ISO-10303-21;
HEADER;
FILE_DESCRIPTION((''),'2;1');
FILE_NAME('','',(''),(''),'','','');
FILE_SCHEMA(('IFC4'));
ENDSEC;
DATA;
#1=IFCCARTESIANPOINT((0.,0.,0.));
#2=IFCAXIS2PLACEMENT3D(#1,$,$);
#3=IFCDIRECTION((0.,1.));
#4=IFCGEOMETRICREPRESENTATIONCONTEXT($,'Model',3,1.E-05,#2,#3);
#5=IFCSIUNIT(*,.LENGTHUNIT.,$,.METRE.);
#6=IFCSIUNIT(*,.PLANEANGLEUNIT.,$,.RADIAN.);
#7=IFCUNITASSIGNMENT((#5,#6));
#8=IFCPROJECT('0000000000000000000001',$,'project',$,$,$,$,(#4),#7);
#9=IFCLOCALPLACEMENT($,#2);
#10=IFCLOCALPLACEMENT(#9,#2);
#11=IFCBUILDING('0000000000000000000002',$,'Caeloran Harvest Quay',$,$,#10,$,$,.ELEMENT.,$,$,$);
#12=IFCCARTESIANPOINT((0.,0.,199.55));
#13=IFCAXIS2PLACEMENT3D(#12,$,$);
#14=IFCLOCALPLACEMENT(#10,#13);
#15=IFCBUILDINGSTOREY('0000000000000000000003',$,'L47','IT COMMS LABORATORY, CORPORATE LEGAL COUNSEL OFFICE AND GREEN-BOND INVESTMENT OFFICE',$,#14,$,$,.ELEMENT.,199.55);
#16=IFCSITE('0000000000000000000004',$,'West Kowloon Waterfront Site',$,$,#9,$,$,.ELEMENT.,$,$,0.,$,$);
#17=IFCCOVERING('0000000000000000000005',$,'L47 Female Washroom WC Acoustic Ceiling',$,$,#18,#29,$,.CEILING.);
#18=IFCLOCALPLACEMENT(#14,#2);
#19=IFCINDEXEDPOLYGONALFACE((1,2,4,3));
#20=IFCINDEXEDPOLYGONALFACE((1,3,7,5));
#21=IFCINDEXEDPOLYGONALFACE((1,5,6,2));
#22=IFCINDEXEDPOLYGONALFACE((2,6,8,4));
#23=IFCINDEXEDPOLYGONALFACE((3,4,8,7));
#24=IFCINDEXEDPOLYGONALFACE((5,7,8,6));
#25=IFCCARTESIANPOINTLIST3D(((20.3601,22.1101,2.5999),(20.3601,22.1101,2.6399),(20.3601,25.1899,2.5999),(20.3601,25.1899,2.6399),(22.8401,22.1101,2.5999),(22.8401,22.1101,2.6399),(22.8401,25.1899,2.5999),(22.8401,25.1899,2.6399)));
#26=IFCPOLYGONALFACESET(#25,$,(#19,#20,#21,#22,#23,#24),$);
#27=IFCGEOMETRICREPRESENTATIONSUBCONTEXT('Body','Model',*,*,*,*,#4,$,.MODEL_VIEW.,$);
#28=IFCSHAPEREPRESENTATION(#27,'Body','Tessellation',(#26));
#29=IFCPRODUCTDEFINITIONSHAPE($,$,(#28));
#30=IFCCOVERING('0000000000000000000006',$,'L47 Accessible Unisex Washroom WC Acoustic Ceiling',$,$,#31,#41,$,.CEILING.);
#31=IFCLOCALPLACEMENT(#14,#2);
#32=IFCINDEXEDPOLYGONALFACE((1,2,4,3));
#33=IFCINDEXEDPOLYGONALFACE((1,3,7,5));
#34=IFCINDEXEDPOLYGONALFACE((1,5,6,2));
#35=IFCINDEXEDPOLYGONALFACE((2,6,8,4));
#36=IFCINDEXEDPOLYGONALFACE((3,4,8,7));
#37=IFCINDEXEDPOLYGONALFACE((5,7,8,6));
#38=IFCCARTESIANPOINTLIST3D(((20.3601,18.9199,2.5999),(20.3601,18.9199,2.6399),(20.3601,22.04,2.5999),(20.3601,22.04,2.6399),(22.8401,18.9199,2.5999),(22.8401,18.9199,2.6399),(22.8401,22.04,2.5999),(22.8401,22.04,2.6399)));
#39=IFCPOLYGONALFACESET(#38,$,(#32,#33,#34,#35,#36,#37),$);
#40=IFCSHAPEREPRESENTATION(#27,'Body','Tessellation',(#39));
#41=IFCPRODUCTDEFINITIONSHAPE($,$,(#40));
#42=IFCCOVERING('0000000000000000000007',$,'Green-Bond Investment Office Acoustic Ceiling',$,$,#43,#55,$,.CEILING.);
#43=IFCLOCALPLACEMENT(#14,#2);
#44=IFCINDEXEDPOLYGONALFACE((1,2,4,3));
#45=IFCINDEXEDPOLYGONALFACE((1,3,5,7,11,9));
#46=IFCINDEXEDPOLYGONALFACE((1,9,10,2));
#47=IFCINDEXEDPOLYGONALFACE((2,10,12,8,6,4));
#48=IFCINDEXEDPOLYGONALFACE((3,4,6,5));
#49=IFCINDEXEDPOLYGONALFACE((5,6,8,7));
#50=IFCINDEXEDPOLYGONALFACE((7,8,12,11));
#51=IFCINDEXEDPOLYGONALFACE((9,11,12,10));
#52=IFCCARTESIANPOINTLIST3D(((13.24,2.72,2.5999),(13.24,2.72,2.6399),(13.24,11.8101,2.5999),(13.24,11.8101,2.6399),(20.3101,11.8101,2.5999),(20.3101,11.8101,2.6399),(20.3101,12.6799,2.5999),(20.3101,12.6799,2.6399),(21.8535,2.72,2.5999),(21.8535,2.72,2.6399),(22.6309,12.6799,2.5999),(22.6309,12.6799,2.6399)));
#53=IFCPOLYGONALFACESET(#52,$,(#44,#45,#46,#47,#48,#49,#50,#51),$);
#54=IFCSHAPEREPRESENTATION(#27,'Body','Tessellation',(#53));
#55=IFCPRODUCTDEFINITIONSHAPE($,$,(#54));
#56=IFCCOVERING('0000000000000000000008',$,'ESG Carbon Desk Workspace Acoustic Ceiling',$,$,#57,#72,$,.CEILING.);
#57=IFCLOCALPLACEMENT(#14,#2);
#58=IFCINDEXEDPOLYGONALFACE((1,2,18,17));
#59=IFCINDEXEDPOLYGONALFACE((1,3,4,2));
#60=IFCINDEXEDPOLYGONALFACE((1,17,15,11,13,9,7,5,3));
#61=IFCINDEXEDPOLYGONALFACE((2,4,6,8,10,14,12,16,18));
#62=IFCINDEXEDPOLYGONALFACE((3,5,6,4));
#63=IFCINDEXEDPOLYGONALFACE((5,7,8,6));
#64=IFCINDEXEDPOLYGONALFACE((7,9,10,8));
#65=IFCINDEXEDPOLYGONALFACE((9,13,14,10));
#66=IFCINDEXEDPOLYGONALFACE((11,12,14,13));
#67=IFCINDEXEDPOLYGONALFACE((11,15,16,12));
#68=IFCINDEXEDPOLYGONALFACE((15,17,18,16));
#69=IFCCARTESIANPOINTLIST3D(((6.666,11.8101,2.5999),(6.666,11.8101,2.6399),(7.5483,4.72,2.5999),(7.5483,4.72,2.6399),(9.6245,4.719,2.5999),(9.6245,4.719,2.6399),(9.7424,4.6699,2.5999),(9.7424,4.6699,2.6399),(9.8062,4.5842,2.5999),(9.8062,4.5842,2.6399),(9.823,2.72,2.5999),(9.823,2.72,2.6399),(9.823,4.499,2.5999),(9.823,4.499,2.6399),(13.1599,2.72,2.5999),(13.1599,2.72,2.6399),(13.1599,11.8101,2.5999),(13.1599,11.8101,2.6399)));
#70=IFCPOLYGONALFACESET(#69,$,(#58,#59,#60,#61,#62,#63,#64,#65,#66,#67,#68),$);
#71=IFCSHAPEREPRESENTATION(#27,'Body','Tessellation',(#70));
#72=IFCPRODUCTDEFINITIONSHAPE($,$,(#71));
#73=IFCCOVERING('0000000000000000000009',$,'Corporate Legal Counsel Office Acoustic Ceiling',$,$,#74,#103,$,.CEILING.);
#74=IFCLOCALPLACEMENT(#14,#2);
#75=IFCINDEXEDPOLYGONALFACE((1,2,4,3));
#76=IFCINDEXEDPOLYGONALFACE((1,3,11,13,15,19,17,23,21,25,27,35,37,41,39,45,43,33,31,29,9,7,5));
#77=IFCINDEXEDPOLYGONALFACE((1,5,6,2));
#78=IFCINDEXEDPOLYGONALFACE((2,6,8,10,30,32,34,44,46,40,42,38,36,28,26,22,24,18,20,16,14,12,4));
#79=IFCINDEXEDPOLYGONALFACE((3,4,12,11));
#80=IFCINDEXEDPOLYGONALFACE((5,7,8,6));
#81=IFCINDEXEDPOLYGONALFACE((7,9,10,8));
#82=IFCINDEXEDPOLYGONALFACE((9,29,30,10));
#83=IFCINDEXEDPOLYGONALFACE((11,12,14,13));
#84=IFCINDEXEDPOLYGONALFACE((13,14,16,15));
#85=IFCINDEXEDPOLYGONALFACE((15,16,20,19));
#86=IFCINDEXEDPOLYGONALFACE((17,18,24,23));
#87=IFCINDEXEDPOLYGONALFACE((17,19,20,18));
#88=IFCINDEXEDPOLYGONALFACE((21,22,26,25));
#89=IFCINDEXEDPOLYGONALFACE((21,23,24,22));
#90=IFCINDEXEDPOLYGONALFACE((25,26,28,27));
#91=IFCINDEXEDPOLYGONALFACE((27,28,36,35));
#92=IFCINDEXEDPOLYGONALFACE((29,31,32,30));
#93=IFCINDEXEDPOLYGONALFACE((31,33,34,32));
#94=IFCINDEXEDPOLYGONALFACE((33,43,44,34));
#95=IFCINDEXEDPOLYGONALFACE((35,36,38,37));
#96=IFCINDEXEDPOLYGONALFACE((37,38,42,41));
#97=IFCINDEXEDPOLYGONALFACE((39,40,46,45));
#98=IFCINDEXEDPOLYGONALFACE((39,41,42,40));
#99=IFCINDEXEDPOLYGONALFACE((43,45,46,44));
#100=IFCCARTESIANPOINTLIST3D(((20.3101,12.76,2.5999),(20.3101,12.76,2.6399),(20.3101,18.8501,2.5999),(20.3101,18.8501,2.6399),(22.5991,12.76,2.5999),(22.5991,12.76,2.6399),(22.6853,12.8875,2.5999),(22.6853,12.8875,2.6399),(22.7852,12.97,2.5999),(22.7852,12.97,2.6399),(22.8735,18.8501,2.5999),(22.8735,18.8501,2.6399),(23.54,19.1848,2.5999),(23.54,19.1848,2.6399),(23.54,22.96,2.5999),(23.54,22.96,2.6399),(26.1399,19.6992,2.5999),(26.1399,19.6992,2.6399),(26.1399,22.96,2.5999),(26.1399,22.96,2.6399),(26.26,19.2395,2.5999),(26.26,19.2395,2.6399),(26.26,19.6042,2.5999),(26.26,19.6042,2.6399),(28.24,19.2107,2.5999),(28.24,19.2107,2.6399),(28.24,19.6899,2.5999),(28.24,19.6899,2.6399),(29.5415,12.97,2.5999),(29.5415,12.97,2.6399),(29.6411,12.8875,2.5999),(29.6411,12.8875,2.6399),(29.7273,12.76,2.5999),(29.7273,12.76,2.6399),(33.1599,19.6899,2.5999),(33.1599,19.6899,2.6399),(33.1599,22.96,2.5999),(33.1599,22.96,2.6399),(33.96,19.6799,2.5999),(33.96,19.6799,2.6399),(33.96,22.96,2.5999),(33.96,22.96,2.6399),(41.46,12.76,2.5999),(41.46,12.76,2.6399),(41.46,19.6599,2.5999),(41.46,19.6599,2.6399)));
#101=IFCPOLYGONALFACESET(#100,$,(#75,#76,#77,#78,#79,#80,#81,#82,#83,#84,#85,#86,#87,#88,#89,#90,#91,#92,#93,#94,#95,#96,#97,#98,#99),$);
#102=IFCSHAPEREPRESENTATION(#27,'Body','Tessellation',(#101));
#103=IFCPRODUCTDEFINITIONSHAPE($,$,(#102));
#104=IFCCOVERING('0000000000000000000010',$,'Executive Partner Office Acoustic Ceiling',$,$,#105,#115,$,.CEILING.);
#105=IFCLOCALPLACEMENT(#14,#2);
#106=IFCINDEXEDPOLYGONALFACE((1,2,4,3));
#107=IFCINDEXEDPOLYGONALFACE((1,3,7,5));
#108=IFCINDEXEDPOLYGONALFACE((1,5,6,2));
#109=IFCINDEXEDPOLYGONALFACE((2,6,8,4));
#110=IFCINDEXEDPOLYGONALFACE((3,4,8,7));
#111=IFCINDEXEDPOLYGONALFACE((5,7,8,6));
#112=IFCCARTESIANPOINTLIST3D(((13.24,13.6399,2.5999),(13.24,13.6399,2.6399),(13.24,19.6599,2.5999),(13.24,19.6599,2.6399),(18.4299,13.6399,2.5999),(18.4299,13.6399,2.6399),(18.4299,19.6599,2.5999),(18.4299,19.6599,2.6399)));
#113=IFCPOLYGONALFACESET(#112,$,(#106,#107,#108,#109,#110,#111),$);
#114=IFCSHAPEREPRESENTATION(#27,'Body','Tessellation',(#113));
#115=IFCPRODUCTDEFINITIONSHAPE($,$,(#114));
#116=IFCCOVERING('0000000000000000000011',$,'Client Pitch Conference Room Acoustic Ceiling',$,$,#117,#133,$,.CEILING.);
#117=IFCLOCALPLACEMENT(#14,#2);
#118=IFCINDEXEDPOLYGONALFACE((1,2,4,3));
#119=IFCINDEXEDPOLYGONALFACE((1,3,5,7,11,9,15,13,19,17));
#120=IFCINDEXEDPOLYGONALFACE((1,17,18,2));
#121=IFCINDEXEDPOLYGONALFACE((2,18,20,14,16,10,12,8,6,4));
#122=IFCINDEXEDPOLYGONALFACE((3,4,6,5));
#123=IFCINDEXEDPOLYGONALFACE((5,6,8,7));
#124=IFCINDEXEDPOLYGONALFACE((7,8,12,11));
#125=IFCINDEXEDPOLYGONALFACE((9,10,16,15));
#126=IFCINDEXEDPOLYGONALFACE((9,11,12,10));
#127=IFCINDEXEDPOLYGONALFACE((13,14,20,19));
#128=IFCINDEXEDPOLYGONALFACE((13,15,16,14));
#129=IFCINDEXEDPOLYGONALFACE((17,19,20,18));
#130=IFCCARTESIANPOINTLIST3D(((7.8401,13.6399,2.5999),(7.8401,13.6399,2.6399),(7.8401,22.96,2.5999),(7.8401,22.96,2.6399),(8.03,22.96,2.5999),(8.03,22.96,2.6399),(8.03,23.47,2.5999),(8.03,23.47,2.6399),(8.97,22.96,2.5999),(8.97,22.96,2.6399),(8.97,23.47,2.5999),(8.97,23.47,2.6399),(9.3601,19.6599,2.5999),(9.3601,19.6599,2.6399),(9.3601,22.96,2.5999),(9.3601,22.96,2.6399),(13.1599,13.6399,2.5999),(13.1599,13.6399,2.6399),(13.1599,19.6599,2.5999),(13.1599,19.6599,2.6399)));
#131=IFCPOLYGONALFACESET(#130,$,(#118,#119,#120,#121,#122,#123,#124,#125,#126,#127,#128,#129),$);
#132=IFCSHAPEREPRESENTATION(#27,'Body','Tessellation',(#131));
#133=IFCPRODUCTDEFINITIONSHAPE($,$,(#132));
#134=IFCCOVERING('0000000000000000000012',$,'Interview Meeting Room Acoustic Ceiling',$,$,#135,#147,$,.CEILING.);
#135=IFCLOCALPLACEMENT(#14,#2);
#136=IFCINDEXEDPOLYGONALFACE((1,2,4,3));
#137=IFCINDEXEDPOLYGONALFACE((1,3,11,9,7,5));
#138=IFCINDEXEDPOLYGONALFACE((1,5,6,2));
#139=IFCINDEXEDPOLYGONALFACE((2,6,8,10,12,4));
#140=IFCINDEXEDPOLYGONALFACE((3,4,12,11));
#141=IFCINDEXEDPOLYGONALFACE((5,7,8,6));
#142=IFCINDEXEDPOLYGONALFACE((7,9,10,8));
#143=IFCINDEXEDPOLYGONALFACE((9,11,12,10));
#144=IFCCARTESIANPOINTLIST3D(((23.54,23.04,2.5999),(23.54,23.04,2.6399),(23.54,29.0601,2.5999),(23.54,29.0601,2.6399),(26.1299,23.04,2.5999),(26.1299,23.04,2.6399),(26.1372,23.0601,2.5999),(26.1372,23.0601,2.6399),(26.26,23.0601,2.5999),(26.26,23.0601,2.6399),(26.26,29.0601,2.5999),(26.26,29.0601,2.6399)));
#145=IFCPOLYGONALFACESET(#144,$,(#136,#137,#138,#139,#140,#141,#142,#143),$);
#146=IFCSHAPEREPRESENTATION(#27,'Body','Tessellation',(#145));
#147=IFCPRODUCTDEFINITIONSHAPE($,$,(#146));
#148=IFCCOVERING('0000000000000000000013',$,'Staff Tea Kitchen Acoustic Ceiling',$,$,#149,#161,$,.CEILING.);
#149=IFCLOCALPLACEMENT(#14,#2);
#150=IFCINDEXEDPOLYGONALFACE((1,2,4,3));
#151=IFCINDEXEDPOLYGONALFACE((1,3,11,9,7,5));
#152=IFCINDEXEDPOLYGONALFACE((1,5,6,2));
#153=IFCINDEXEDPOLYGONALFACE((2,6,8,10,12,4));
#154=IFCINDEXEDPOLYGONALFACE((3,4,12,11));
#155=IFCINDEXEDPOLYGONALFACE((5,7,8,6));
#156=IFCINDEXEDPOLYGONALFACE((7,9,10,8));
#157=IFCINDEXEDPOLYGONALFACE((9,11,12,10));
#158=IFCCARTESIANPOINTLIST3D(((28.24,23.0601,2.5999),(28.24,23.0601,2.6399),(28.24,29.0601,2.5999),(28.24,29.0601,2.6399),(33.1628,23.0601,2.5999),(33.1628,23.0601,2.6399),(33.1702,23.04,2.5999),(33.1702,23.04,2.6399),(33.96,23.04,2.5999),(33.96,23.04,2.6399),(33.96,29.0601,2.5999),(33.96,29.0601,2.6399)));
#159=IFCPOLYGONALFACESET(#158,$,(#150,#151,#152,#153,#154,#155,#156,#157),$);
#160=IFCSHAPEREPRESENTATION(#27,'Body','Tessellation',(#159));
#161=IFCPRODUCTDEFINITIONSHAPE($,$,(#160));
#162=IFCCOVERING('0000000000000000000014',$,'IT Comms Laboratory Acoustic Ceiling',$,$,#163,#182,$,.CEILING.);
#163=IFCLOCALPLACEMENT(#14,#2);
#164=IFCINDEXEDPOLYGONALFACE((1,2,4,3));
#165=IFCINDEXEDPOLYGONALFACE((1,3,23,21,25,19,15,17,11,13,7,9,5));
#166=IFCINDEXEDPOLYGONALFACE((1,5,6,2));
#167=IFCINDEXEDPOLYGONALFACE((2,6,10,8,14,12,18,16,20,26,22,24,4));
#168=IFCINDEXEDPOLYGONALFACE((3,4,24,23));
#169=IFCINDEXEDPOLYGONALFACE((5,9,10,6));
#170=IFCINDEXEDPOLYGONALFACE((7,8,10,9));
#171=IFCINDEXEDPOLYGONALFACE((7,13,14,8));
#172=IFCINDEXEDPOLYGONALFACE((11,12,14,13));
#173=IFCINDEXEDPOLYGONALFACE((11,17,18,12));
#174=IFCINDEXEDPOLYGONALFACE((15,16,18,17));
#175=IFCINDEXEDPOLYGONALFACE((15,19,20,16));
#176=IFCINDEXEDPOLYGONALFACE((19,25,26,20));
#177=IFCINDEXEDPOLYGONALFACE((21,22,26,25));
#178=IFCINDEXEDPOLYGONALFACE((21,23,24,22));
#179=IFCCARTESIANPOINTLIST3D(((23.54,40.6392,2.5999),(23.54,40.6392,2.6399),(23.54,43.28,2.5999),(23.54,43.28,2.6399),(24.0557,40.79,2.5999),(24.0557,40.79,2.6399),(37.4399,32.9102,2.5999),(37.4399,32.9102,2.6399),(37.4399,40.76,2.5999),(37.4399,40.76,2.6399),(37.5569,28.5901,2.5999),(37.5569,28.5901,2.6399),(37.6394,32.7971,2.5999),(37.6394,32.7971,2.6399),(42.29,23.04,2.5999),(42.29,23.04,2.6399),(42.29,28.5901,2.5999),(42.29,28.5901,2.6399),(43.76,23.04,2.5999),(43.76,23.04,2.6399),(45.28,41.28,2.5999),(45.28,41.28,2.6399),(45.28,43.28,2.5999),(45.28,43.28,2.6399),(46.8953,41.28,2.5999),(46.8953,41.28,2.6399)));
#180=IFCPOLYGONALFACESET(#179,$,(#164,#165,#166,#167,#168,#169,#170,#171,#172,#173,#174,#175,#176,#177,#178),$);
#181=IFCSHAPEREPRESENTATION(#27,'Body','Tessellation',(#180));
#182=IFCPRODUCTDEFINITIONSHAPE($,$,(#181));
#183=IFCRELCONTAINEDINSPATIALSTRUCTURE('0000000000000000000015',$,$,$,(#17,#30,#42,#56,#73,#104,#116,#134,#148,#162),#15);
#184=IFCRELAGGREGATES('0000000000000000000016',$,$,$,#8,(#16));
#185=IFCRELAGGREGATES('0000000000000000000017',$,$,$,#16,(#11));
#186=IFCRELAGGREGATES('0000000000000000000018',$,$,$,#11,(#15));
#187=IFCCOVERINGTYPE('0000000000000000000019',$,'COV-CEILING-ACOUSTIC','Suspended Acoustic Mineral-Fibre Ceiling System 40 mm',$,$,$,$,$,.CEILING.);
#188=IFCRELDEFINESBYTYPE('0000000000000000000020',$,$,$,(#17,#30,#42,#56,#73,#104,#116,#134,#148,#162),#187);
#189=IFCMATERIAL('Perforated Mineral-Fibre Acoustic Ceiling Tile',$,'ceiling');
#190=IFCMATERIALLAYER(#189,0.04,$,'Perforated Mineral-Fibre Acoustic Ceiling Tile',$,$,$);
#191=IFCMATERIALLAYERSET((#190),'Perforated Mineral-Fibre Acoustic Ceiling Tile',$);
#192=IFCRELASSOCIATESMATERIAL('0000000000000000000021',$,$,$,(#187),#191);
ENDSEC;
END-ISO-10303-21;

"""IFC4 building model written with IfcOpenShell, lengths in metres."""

from ifc_helpers import new_model, si_unit, direction, frame, origin, place, context, subcontext, project, spatial, polyline, outline, extrude, material, layer, layer_set, type_object, element, save


model = new_model("IFC4")

# Units and contexts
model_context = context("Model", 3, precision=1e-05, world=origin(), true_north=direction((0.0, 1.0)))
body_context = subcontext(model_context, "Body", "Model", "MODEL_VIEW")
ifc_project = project(units=[si_unit("LENGTHUNIT", "METRE"), si_unit("PLANEANGLEUNIT", "RADIAN")], contexts=[model_context])

# Site, building, storey
site_placement = place(None, origin())
site = spatial("IfcSite", under=ifc_project, at=site_placement, Name="West Kowloon Waterfront Site", CompositionType="ELEMENT", RefElevation=0.0)
building_placement = place(site_placement, origin())
building = spatial("IfcBuilding", under=site, at=building_placement, Name="Caeloran Harvest Quay", CompositionType="ELEMENT")
storey_placement = place(building_placement, frame((0.0, 0.0, 199.55)))
storey = spatial("IfcBuildingStorey", under=building, at=storey_placement, Name="L47", Description="IT COMMS LABORATORY, CORPORATE LEGAL COUNSEL OFFICE AND GREEN-BOND INVESTMENT OFFICE", CompositionType="ELEMENT", Elevation=199.55)

# Coverings
ifc_material_1 = material(Name="Perforated Mineral-Fibre Acoustic Ceiling Tile", Category="ceiling")
ifc_layer_1 = layer(ifc_material_1, 0.04, Name="Perforated Mineral-Fibre Acoustic Ceiling Tile")
ifc_layer_set_1 = layer_set([ifc_layer_1], Name="Perforated Mineral-Fibre Acoustic Ceiling Tile")
covering_type_1 = type_object("IfcCoveringType", Name="COV-CEILING-ACOUSTIC", Description="Suspended Acoustic Mineral-Fibre Ceiling System 40 mm", PredefinedType="CEILING", material=ifc_layer_set_1)
covering_1_placement = place(storey_placement, frame((0.0, 0.0, 2.5999)))
element("IfcCovering", 1, at=covering_1_placement, inside=storey, type_object=covering_type_1, Name="L47 Female Washroom WC Acoustic Ceiling", PredefinedType="CEILING", context=body_context, shape_type="SweptSolid", body=[
    extrude(outline(polyline([(22.8401, 25.1899), (22.8401, 22.1101), (20.3601, 22.1101), (20.3601, 25.1899), (22.8401, 25.1899)])), origin(), (0.0, 0.0, 1.0), 0.04),
])
covering_2_placement = place(storey_placement, frame((0.0, 0.0, 2.5999)))
element("IfcCovering", 2, at=covering_2_placement, inside=storey, type_object=covering_type_1, Name="L47 Accessible Unisex Washroom WC Acoustic Ceiling", PredefinedType="CEILING", context=body_context, shape_type="SweptSolid", body=[
    extrude(outline(polyline([(22.8401, 22.04), (22.8401, 18.9199), (20.3601, 18.9199), (20.3601, 22.04), (22.8401, 22.04)])), origin(), (0.0, 0.0, 1.0), 0.04),
])
covering_3_placement = place(storey_placement, frame((0.0, 0.0, 2.5999)))
element("IfcCovering", 3, at=covering_3_placement, inside=storey, type_object=covering_type_1, Name="Green-Bond Investment Office Acoustic Ceiling", PredefinedType="CEILING", context=body_context, shape_type="SweptSolid", body=[
    extrude(outline(polyline([(20.3101, 12.6799), (22.6309, 12.6799), (21.8535, 2.72), (13.24, 2.72), (13.24, 11.8101), (20.3101, 11.8101), (20.3101, 12.6799)])), origin(), (0.0, 0.0, 1.0), 0.04),
])
covering_4_placement = place(storey_placement, frame((0.0, 0.0, 2.5999)))
element("IfcCovering", 4, at=covering_4_placement, inside=storey, type_object=covering_type_1, Name="ESG Carbon Desk Workspace Acoustic Ceiling", PredefinedType="CEILING", context=body_context, shape_type="SweptSolid", body=[
    extrude(outline(polyline([(9.8062, 4.5842), (9.7424, 4.6699), (9.6245, 4.719), (7.5483, 4.72), (6.666, 11.8101), (13.1599, 11.8101), (13.1599, 2.72), (9.823, 2.72), (9.823, 4.499), (9.8062, 4.5842)])), origin(), (0.0, 0.0, 1.0), 0.04),
])
covering_5_placement = place(storey_placement, frame((0.0, 0.0, 2.5999)))
element("IfcCovering", 5, at=covering_5_placement, inside=storey, type_object=covering_type_1, Name="Corporate Legal Counsel Office Acoustic Ceiling", PredefinedType="CEILING", context=body_context, shape_type="SweptSolid", body=[
    extrude(outline(polyline([(33.1599, 22.96), (33.96, 22.96), (33.96, 19.6799), (41.46, 19.6599), (41.46, 12.76), (29.7273, 12.76), (29.6411, 12.8875), (29.5415, 12.97), (22.7852, 12.97), (22.6853, 12.8875), (22.5991, 12.76), (20.3101, 12.76), (20.3101, 18.8501), (22.8735, 18.8501), (23.54, 19.1848), (23.54, 22.96), (26.1399, 22.96), (26.1399, 19.6992), (26.26, 19.6042), (26.26, 19.2395), (28.24, 19.2107), (28.24, 19.6899), (33.1599, 19.6899), (33.1599, 22.96)])), origin(), (0.0, 0.0, 1.0), 0.04),
])
covering_6_placement = place(storey_placement, frame((0.0, 0.0, 2.5999)))
element("IfcCovering", 6, at=covering_6_placement, inside=storey, type_object=covering_type_1, Name="Executive Partner Office Acoustic Ceiling", PredefinedType="CEILING", context=body_context, shape_type="SweptSolid", body=[
    extrude(outline(polyline([(18.4299, 13.6399), (13.24, 13.6399), (13.24, 19.6599), (18.4299, 19.6599), (18.4299, 13.6399)])), origin(), (0.0, 0.0, 1.0), 0.04),
])
covering_7_placement = place(storey_placement, frame((0.0, 0.0, 2.5999)))
element("IfcCovering", 7, at=covering_7_placement, inside=storey, type_object=covering_type_1, Name="Client Pitch Conference Room Acoustic Ceiling", PredefinedType="CEILING", context=body_context, shape_type="SweptSolid", body=[
    extrude(outline(polyline([(13.1599, 13.6399), (7.8401, 13.6399), (7.8401, 22.96), (8.03, 22.96), (8.03, 23.47), (8.97, 23.47), (8.97, 22.96), (9.3601, 22.96), (9.3601, 19.6599), (13.1599, 19.6599), (13.1599, 13.6399)])), origin(), (0.0, 0.0, 1.0), 0.04),
])
covering_8_placement = place(storey_placement, frame((0.0, 0.0, 2.5999)))
element("IfcCovering", 8, at=covering_8_placement, inside=storey, type_object=covering_type_1, Name="Interview Meeting Room Acoustic Ceiling", PredefinedType="CEILING", context=body_context, shape_type="SweptSolid", body=[
    extrude(outline(polyline([(26.1372, 23.0601), (26.1299, 23.04), (23.54, 23.04), (23.54, 29.0601), (26.26, 29.0601), (26.26, 23.0601), (26.1372, 23.0601)])), origin(), (0.0, 0.0, 1.0), 0.04),
])
covering_9_placement = place(storey_placement, frame((0.0, 0.0, 2.5999)))
element("IfcCovering", 9, at=covering_9_placement, inside=storey, type_object=covering_type_1, Name="Staff Tea Kitchen Acoustic Ceiling", PredefinedType="CEILING", context=body_context, shape_type="SweptSolid", body=[
    extrude(outline(polyline([(33.1628, 23.0601), (28.24, 23.0601), (28.24, 29.0601), (33.96, 29.0601), (33.96, 23.04), (33.1702, 23.04), (33.1628, 23.0601)])), origin(), (0.0, 0.0, 1.0), 0.04),
])
covering_10_placement = place(storey_placement, frame((0.0, 0.0, 2.5999)))
element("IfcCovering", 10, at=covering_10_placement, inside=storey, type_object=covering_type_1, Name="IT Comms Laboratory Acoustic Ceiling", PredefinedType="CEILING", context=body_context, shape_type="SweptSolid", body=[
    extrude(outline(polyline([(45.28, 43.28), (45.28, 41.28), (46.8953, 41.28), (43.76, 23.04), (42.29, 23.04), (42.29, 28.5901), (37.5569, 28.5901), (37.6394, 32.7971), (37.4399, 32.9102), (37.4399, 40.76), (24.0557, 40.79), (23.54, 40.6392), (23.54, 43.28), (45.28, 43.28)])), origin(), (0.0, 0.0, 1.0), 0.04),
])

save(model, "model.ifc")
